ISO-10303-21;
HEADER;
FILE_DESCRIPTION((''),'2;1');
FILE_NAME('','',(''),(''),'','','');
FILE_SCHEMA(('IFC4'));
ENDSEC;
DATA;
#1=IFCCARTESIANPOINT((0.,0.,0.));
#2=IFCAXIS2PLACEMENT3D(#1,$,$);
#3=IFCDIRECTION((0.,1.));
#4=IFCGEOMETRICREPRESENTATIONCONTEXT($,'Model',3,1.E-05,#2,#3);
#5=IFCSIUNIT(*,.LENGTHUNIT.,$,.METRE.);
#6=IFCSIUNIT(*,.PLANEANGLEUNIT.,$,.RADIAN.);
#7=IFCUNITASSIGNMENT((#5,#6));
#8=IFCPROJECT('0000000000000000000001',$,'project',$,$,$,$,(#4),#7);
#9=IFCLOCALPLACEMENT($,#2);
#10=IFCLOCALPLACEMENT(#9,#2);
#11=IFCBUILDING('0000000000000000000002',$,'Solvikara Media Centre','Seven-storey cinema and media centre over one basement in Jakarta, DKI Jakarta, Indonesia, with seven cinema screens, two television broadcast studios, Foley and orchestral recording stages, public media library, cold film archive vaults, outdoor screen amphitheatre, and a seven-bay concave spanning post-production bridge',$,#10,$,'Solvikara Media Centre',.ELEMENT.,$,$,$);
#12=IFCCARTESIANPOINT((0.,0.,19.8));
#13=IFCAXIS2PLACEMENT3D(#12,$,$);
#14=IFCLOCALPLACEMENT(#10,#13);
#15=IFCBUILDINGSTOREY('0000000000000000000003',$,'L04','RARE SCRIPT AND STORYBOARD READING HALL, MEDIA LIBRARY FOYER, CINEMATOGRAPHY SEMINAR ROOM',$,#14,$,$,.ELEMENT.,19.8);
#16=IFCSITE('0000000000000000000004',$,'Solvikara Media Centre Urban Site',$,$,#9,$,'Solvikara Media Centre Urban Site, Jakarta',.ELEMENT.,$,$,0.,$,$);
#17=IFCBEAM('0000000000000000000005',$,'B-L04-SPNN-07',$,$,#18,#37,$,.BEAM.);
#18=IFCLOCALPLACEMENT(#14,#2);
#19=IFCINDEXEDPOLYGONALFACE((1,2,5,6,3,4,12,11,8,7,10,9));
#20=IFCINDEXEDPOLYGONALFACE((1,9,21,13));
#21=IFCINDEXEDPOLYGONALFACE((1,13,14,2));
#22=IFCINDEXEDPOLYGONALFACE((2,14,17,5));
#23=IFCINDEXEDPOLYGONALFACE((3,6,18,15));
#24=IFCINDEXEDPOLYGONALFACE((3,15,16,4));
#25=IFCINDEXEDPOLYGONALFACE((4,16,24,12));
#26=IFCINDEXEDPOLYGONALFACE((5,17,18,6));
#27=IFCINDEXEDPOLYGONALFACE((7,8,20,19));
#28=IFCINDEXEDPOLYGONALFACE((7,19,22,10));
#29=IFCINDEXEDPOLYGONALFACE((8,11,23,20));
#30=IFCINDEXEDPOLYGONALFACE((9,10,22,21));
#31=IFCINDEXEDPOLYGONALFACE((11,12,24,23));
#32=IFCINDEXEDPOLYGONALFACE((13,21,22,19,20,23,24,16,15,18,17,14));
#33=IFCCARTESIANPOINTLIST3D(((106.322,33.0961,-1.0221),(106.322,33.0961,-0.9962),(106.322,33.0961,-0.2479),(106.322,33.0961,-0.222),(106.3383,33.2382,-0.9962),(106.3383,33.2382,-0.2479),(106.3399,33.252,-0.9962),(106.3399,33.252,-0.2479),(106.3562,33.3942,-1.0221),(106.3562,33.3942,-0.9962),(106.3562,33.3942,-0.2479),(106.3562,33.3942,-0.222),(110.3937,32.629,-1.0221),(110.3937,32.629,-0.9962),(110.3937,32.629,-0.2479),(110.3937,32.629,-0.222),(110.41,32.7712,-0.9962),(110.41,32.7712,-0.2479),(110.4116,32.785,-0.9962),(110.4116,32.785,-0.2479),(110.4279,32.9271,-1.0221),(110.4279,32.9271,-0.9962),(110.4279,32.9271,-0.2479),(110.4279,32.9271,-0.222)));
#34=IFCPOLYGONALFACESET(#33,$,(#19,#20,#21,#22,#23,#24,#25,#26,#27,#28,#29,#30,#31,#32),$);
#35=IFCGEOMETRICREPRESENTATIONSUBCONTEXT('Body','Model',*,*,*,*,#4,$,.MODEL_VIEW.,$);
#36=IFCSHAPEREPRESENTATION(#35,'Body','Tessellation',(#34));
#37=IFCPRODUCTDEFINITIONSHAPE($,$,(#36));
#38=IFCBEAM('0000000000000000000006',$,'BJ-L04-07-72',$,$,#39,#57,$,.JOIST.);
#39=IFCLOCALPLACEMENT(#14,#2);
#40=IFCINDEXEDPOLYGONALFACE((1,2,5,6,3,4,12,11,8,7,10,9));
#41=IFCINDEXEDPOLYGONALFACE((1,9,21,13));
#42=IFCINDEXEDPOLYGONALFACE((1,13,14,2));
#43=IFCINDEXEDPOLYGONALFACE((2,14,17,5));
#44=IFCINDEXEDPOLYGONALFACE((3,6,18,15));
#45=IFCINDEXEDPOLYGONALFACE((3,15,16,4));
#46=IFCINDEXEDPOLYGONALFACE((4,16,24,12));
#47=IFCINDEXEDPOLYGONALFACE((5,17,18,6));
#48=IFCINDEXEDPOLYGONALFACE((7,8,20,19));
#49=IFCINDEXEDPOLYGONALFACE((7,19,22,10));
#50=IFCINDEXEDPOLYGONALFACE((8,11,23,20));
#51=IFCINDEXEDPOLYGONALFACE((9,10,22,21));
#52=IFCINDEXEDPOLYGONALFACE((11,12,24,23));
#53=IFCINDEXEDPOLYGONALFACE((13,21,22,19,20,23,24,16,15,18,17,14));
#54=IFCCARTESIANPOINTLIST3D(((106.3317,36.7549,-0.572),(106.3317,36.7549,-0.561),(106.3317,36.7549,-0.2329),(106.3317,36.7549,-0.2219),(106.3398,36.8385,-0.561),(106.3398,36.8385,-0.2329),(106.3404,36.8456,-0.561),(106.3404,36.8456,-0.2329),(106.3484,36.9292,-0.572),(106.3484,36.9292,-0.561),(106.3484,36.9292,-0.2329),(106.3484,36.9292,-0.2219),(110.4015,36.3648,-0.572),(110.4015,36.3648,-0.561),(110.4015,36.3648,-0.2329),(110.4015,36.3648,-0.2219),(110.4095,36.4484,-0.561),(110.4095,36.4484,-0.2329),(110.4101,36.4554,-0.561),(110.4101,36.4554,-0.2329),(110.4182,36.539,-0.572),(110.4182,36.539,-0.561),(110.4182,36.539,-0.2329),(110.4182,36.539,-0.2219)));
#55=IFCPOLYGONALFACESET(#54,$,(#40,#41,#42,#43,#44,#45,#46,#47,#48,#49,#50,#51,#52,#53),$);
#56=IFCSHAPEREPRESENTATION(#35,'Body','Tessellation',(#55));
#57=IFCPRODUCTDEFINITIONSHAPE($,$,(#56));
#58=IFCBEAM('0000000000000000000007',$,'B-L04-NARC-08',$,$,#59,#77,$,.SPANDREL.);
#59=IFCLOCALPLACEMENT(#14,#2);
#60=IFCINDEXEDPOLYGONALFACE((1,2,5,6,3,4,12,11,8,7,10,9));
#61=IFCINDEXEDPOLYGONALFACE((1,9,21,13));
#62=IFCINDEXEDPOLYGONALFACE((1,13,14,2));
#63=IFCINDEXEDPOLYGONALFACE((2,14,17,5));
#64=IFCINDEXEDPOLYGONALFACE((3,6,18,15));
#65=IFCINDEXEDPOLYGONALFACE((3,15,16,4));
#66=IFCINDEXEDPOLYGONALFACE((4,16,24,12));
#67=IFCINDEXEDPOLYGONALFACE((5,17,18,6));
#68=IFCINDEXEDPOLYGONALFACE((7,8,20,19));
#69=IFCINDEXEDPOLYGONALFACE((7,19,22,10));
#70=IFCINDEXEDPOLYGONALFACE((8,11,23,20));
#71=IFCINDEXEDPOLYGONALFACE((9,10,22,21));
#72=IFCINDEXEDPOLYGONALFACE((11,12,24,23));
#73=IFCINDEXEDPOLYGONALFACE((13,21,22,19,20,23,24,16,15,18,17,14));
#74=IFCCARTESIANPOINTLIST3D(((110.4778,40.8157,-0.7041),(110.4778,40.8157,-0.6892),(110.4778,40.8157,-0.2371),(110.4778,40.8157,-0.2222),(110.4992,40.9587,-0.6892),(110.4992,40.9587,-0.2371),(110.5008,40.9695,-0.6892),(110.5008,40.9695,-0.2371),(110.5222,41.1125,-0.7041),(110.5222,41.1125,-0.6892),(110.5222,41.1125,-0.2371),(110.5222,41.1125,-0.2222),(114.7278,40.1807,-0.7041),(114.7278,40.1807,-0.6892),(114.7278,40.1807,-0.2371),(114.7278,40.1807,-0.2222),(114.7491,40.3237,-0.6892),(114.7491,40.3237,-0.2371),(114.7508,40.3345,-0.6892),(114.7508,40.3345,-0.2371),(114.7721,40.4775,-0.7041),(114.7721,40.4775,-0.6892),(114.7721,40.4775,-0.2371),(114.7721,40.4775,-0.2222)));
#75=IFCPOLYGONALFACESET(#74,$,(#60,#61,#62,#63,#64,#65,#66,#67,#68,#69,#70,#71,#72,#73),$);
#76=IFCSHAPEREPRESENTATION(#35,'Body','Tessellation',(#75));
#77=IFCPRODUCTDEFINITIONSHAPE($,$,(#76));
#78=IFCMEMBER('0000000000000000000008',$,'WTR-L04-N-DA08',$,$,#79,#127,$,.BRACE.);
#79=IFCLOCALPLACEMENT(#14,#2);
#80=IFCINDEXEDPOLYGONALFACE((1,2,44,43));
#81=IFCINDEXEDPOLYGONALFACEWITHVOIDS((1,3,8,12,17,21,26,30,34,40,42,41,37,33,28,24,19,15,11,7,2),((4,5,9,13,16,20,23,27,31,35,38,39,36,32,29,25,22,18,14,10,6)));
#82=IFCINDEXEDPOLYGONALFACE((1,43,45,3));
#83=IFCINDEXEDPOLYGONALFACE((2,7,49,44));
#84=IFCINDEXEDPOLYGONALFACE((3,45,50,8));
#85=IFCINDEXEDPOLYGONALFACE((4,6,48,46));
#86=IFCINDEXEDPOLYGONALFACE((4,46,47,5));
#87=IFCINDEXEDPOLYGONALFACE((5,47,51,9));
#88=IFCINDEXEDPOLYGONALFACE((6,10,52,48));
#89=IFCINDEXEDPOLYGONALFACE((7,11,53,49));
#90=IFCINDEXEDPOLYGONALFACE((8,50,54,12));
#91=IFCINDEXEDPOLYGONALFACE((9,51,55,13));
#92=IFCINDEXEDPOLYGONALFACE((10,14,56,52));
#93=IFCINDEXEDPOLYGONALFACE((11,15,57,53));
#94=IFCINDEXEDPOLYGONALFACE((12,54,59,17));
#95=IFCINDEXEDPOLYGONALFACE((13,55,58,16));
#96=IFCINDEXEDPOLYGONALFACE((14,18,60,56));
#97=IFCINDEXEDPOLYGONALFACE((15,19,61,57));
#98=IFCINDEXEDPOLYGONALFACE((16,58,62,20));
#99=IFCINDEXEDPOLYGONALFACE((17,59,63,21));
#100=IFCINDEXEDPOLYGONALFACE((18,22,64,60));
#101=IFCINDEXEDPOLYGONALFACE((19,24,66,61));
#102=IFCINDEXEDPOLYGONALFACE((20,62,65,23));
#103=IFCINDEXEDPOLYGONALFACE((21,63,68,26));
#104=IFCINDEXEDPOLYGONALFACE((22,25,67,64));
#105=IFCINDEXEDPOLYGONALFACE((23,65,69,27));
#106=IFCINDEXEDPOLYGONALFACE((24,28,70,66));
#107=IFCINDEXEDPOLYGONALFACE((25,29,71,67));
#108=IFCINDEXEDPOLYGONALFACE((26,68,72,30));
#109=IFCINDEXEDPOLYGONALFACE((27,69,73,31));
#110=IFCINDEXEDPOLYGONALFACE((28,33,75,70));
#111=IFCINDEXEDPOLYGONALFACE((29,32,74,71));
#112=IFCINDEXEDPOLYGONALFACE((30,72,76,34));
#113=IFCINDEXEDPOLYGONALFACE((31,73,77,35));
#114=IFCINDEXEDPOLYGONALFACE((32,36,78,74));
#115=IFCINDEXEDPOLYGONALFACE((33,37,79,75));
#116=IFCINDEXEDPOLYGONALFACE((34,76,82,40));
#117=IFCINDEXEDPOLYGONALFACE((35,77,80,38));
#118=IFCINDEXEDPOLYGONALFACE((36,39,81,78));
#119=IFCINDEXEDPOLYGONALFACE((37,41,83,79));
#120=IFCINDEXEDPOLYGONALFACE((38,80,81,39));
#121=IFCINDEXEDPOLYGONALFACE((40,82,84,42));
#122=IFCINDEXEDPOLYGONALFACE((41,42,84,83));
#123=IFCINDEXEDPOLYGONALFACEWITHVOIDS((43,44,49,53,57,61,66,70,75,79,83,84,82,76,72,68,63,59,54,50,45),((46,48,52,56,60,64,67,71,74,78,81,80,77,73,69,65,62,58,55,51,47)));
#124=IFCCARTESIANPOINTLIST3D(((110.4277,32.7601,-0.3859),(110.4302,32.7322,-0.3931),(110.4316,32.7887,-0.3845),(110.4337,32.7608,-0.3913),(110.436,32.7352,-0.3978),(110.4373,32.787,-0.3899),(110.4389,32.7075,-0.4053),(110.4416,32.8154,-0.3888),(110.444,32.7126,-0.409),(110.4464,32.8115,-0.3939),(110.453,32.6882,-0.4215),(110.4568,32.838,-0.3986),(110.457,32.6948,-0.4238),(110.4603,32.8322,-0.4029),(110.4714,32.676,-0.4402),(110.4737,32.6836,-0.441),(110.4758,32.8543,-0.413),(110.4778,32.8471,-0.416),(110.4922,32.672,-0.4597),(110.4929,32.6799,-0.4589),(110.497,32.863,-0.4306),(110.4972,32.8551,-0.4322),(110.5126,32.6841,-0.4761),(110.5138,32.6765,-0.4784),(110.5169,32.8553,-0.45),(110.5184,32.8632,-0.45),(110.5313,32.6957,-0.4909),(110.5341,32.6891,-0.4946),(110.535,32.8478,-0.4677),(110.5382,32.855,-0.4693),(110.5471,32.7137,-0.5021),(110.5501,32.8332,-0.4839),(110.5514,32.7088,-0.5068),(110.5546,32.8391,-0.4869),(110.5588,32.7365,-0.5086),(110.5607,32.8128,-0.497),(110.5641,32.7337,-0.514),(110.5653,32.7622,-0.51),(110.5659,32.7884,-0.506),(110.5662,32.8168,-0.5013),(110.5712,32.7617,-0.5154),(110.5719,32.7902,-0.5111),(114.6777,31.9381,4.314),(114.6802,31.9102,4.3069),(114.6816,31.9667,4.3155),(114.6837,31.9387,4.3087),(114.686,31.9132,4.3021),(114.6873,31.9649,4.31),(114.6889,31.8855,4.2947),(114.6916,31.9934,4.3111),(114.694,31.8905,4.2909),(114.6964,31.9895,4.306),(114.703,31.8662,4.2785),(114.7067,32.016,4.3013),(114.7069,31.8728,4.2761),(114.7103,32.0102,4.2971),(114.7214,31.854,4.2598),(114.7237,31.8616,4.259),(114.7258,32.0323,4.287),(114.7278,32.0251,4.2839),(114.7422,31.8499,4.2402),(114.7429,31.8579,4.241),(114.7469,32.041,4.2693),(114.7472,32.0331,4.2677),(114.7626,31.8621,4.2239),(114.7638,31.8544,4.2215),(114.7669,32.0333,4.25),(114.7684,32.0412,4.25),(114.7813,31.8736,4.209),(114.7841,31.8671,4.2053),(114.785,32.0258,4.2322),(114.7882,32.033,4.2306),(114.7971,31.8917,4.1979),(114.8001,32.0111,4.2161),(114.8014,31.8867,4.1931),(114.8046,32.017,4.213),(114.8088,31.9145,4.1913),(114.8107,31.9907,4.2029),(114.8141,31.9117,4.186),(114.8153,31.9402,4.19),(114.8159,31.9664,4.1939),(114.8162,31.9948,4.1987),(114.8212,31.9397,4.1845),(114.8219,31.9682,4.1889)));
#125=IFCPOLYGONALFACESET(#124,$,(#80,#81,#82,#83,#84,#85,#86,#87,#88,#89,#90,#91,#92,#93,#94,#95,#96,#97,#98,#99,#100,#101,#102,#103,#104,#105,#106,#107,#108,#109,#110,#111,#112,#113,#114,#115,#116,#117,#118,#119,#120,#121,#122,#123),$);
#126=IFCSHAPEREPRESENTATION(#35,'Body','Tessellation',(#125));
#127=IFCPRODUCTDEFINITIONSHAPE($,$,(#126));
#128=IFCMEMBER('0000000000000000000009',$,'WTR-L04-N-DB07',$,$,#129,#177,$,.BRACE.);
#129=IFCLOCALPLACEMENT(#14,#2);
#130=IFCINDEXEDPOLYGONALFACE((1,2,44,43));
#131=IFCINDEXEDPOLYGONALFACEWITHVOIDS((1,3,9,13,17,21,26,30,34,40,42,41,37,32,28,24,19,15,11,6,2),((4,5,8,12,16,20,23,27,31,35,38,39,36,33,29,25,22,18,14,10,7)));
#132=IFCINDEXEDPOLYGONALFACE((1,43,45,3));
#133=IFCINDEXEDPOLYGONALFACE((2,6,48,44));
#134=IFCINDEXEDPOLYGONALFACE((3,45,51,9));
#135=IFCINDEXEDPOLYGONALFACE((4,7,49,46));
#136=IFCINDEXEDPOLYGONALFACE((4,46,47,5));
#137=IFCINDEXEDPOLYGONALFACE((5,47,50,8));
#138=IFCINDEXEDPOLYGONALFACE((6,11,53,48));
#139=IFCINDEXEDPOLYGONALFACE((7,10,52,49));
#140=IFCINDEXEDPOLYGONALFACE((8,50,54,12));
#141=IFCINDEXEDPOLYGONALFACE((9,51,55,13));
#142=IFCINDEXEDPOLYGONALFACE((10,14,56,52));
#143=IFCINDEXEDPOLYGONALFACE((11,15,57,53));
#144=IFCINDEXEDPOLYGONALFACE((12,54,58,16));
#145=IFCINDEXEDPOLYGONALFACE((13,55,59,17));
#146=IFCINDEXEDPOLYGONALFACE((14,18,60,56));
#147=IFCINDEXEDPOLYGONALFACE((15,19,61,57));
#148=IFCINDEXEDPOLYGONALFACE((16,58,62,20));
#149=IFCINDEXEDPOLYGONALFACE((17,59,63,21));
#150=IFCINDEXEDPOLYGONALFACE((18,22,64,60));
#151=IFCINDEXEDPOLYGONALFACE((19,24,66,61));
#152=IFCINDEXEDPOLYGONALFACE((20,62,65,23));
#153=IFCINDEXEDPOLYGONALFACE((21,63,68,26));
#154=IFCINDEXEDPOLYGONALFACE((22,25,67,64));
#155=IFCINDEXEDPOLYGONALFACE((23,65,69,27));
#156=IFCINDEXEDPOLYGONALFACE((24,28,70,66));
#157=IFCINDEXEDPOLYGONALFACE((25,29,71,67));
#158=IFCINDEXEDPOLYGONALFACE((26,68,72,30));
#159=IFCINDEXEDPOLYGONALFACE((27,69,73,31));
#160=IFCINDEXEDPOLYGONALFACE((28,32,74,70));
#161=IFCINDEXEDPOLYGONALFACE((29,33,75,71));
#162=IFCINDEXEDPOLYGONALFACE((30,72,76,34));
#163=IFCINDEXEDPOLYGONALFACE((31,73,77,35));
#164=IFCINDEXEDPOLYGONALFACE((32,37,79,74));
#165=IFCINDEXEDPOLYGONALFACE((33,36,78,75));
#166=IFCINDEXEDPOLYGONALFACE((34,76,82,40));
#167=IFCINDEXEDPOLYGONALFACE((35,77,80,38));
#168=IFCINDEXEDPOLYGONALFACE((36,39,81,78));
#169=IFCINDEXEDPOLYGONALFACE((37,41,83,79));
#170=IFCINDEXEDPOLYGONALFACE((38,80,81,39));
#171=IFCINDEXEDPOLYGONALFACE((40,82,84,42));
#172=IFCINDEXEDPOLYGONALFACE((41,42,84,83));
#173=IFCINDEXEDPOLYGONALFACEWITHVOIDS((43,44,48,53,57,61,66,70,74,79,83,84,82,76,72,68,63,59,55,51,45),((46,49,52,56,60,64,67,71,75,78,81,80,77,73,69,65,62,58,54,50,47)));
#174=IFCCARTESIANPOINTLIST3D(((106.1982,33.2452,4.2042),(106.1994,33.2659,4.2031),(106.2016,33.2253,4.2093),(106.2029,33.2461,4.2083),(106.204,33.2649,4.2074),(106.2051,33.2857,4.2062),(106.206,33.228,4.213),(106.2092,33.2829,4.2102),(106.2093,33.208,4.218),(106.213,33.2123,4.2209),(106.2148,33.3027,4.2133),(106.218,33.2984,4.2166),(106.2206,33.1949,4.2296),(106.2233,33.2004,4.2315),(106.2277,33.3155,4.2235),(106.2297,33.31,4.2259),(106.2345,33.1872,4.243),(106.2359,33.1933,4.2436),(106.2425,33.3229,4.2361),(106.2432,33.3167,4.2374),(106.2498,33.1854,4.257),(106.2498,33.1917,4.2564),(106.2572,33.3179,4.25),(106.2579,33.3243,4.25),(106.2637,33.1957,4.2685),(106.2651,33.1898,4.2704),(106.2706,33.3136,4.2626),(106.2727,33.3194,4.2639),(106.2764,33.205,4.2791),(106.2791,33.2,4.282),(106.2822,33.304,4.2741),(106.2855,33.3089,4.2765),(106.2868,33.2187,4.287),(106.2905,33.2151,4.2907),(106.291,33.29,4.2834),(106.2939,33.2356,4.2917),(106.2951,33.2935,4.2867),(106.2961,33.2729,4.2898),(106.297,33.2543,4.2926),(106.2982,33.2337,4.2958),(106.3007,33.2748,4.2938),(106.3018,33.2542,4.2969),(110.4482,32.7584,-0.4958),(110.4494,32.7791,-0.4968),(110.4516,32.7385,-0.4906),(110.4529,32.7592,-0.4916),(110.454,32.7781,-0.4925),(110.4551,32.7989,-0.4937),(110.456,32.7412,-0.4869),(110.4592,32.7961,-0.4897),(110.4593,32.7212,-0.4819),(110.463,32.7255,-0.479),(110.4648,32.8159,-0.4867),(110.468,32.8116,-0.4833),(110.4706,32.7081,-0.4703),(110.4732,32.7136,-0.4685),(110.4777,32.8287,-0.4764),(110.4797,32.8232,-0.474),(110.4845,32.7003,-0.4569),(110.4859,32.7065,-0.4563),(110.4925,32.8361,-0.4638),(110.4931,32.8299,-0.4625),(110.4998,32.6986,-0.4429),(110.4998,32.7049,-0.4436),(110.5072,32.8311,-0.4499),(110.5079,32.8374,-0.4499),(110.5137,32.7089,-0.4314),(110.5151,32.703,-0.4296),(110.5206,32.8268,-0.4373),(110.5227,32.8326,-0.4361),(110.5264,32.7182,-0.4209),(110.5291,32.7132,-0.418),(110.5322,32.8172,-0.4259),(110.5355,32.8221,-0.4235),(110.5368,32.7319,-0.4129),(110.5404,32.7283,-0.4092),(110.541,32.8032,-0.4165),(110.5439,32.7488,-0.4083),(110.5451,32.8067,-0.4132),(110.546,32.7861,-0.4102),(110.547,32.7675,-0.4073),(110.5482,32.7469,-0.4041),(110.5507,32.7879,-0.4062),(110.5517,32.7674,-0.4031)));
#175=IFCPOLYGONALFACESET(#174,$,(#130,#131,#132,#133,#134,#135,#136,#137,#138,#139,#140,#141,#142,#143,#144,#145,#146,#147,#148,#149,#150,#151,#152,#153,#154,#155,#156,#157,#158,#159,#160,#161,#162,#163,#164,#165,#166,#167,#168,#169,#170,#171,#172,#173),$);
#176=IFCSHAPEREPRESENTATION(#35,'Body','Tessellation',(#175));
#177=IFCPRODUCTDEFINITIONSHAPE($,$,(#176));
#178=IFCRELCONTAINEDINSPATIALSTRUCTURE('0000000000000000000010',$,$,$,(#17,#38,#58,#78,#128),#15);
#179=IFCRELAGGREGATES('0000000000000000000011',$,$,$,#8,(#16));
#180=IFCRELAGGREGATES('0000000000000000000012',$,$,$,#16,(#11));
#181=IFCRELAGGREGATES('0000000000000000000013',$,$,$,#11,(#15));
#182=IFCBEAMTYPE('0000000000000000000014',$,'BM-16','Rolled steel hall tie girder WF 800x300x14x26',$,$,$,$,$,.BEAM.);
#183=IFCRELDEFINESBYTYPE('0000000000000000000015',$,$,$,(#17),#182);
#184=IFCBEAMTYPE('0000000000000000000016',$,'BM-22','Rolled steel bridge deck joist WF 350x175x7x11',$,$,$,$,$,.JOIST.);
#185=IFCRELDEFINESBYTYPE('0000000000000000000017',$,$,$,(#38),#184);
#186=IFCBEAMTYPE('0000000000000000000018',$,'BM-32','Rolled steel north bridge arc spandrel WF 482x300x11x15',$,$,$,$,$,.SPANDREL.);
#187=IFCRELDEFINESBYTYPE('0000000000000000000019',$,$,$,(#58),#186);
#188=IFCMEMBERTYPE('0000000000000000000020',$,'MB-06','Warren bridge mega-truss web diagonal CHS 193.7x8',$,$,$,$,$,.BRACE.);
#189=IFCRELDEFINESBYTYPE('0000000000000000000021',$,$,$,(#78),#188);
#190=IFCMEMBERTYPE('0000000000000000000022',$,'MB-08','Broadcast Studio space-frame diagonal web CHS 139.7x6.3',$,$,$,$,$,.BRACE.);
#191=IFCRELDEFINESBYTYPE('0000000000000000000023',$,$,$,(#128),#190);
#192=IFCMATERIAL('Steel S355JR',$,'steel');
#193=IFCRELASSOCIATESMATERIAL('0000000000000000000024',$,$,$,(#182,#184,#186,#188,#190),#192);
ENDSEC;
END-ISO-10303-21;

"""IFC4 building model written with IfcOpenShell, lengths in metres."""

from ifc_helpers import new_model, si_unit, direction, frame, origin, origin_2d, place, context, subcontext, project, spatial, hollow_circle, i_section, extrude, material, material_profile, profile_set, type_object, element, save


model = new_model("IFC4")

# Units and contexts
model_context = context("Model", 3, precision=1e-05, world=origin(), true_north=direction((0.0, 1.0)))
body_context = subcontext(model_context, "Body", "Model", "MODEL_VIEW")
ifc_project = project(units=[si_unit("LENGTHUNIT", "METRE"), si_unit("PLANEANGLEUNIT", "RADIAN")], contexts=[model_context])

# Site, building, storey
site_placement = place(None, origin())
site = spatial("IfcSite", under=ifc_project, at=site_placement, Name="Solvikara Media Centre Urban Site", LongName="Solvikara Media Centre Urban Site, Jakarta", CompositionType="ELEMENT", RefElevation=0.0)
building_placement = place(site_placement, origin())
building = spatial("IfcBuilding", under=site, at=building_placement, Name="Solvikara Media Centre", Description="Seven-storey cinema and media centre over one basement in Jakarta, DKI Jakarta, Indonesia, with seven cinema screens, two television broadcast studios, Foley and orchestral recording stages, public media library, cold film archive vaults, outdoor screen amphitheatre, and a seven-bay concave spanning post-production bridge", LongName="Solvikara Media Centre", CompositionType="ELEMENT")
storey_placement = place(building_placement, frame((0.0, 0.0, 19.8)))
storey = spatial("IfcBuildingStorey", under=building, at=storey_placement, Name="L04", Description="RARE SCRIPT AND STORYBOARD READING HALL, MEDIA LIBRARY FOYER, CINEMATOGRAPHY SEMINAR ROOM", CompositionType="ELEMENT", Elevation=19.8)

# Beams
ifc_material_1 = material(Name="Steel S355JR", Category="steel")
ifc_material_profile_1 = material_profile(ifc_material_1, i_section(OverallWidth=0.3, OverallDepth=0.8, WebThickness=0.0139, FlangeThickness=0.0259, at=origin_2d()), Name="WF 800x300x14x26")
ifc_profile_set_1 = profile_set([ifc_material_profile_1], Name="Steel S355JR")
beam_type_1 = type_object("IfcBeamType", Name="BM-16", Description="Rolled steel hall tie girder WF 800x300x14x26", PredefinedType="BEAM", material=ifc_profile_set_1)
beam_1_placement = place(storey_placement, frame((106.3391, 33.2451, -0.6221), z_axis=(0.993486, -0.113955, 0.0), x_axis=(0.113955, 0.993486, 0.0)))
element("IfcBeam", 1, at=beam_1_placement, inside=storey, type_object=beam_type_1, Name="B-L04-SPNN-07", PredefinedType="BEAM", context=body_context, shape_type="SweptSolid", body=[
    extrude(i_section(OverallWidth=0.3, OverallDepth=0.8, WebThickness=0.0139, FlangeThickness=0.0259, at=origin_2d()), origin(), (0.0, 0.0, 1.0), 4.0984),
])
ifc_material_profile_2 = material_profile(ifc_material_1, i_section(OverallWidth=0.175, OverallDepth=0.3501, WebThickness=0.0071, FlangeThickness=0.011, at=origin_2d()), Name="WF 350x175x7x11")
ifc_profile_set_2 = profile_set([ifc_material_profile_2], Name="Steel S355JR")
beam_type_2 = type_object("IfcBeamType", Name="BM-22", Description="Rolled steel bridge deck joist WF 350x175x7x11", PredefinedType="JOIST", material=ifc_profile_set_2)
beam_2_placement = place(storey_placement, frame((106.3401, 36.842, -0.397), z_axis=(0.995437, -0.095423, 0.0), x_axis=(0.095423, 0.995437, 0.0)))
element("IfcBeam", 2, at=beam_2_placement, inside=storey, type_object=beam_type_2, Name="BJ-L04-07-72", PredefinedType="JOIST", context=body_context, shape_type="SweptSolid", body=[
    extrude(i_section(OverallWidth=0.175, OverallDepth=0.3501, WebThickness=0.0071, FlangeThickness=0.011, at=origin_2d()), origin(), (0.0, 0.0, 1.0), 4.0884),
])
ifc_material_profile_3 = material_profile(ifc_material_1, i_section(OverallWidth=0.3, OverallDepth=0.4819, WebThickness=0.011, FlangeThickness=0.0149, at=origin_2d()), Name="WF 482x300x11x15")
ifc_profile_set_3 = profile_set([ifc_material_profile_3], Name="Steel S355JR")
beam_type_3 = type_object("IfcBeamType", Name="BM-32", Description="Rolled steel north bridge arc spandrel WF 482x300x11x15", PredefinedType="SPANDREL", material=ifc_profile_set_3)
beam_3_placement = place(storey_placement, frame((110.5, 40.9641, -0.4631), z_axis=(0.989021, -0.147774, 0.0), x_axis=(0.147774, 0.989021, 0.0)))
element("IfcBeam", 3, at=beam_3_placement, inside=storey, type_object=beam_type_3, Name="B-L04-NARC-08", PredefinedType="SPANDREL", context=body_context, shape_type="SweptSolid", body=[
    extrude(i_section(OverallWidth=0.3, OverallDepth=0.4819, WebThickness=0.011, FlangeThickness=0.0149, at=origin_2d()), origin(), (0.0, 0.0, 1.0), 4.2971),
])

# Members
ifc_material_profile_4 = material_profile(ifc_material_1, hollow_circle(Radius=0.0969, WallThickness=0.0081, at=origin_2d()), Name="CHS 193.7x8")
ifc_profile_set_4 = profile_set([ifc_material_profile_4], Name="Steel S355JR")
member_type_1 = type_object("IfcMemberType", Name="MB-06", Description="Warren bridge mega-truss web diagonal CHS 193.7x8", PredefinedType="BRACE", material=ifc_profile_set_4)
member_1_placement = place(storey_placement, frame((110.5, 32.7681, -0.45), z_axis=(0.665137, -0.128649, 0.735556), x_axis=(0.189897, 0.981804, 0.0)))
element("IfcMember", 4, at=member_1_placement, inside=storey, type_object=member_type_1, Name="WTR-L04-N-DA08", PredefinedType="BRACE", context=body_context, shape_type="SweptSolid", body=[
    extrude(hollow_circle(Radius=0.0969, WallThickness=0.0081, at=origin_2d()), origin(), (0.0, 0.0, 1.0), 6.3896),
])
ifc_material_profile_5 = material_profile(ifc_material_1, hollow_circle(Radius=0.0698, WallThickness=0.0063, at=origin_2d()), Name="CHS 139.7x6.3")
ifc_profile_set_5 = profile_set([ifc_material_profile_5], Name="Steel S355JR")
member_type_2 = type_object("IfcMemberType", Name="MB-08", Description="Broadcast Studio space-frame diagonal web CHS 139.7x6.3", PredefinedType="BRACE", material=ifc_profile_set_5)
member_2_placement = place(storey_placement, frame((106.25, 33.2549, 4.25), z_axis=(0.66874, -0.076601, -0.73954), x_axis=(0.113801, 0.993504, 0.0)))
element("IfcMember", 5, at=member_2_placement, inside=storey, type_object=member_type_2, Name="WTR-L04-N-DB07", PredefinedType="BRACE", context=body_context, shape_type="SweptSolid", body=[
    extrude(hollow_circle(Radius=0.0698, WallThickness=0.0063, at=origin_2d()), origin(), (0.0, 0.0, 1.0), 6.3552),
])

save(model, "model.ifc")
